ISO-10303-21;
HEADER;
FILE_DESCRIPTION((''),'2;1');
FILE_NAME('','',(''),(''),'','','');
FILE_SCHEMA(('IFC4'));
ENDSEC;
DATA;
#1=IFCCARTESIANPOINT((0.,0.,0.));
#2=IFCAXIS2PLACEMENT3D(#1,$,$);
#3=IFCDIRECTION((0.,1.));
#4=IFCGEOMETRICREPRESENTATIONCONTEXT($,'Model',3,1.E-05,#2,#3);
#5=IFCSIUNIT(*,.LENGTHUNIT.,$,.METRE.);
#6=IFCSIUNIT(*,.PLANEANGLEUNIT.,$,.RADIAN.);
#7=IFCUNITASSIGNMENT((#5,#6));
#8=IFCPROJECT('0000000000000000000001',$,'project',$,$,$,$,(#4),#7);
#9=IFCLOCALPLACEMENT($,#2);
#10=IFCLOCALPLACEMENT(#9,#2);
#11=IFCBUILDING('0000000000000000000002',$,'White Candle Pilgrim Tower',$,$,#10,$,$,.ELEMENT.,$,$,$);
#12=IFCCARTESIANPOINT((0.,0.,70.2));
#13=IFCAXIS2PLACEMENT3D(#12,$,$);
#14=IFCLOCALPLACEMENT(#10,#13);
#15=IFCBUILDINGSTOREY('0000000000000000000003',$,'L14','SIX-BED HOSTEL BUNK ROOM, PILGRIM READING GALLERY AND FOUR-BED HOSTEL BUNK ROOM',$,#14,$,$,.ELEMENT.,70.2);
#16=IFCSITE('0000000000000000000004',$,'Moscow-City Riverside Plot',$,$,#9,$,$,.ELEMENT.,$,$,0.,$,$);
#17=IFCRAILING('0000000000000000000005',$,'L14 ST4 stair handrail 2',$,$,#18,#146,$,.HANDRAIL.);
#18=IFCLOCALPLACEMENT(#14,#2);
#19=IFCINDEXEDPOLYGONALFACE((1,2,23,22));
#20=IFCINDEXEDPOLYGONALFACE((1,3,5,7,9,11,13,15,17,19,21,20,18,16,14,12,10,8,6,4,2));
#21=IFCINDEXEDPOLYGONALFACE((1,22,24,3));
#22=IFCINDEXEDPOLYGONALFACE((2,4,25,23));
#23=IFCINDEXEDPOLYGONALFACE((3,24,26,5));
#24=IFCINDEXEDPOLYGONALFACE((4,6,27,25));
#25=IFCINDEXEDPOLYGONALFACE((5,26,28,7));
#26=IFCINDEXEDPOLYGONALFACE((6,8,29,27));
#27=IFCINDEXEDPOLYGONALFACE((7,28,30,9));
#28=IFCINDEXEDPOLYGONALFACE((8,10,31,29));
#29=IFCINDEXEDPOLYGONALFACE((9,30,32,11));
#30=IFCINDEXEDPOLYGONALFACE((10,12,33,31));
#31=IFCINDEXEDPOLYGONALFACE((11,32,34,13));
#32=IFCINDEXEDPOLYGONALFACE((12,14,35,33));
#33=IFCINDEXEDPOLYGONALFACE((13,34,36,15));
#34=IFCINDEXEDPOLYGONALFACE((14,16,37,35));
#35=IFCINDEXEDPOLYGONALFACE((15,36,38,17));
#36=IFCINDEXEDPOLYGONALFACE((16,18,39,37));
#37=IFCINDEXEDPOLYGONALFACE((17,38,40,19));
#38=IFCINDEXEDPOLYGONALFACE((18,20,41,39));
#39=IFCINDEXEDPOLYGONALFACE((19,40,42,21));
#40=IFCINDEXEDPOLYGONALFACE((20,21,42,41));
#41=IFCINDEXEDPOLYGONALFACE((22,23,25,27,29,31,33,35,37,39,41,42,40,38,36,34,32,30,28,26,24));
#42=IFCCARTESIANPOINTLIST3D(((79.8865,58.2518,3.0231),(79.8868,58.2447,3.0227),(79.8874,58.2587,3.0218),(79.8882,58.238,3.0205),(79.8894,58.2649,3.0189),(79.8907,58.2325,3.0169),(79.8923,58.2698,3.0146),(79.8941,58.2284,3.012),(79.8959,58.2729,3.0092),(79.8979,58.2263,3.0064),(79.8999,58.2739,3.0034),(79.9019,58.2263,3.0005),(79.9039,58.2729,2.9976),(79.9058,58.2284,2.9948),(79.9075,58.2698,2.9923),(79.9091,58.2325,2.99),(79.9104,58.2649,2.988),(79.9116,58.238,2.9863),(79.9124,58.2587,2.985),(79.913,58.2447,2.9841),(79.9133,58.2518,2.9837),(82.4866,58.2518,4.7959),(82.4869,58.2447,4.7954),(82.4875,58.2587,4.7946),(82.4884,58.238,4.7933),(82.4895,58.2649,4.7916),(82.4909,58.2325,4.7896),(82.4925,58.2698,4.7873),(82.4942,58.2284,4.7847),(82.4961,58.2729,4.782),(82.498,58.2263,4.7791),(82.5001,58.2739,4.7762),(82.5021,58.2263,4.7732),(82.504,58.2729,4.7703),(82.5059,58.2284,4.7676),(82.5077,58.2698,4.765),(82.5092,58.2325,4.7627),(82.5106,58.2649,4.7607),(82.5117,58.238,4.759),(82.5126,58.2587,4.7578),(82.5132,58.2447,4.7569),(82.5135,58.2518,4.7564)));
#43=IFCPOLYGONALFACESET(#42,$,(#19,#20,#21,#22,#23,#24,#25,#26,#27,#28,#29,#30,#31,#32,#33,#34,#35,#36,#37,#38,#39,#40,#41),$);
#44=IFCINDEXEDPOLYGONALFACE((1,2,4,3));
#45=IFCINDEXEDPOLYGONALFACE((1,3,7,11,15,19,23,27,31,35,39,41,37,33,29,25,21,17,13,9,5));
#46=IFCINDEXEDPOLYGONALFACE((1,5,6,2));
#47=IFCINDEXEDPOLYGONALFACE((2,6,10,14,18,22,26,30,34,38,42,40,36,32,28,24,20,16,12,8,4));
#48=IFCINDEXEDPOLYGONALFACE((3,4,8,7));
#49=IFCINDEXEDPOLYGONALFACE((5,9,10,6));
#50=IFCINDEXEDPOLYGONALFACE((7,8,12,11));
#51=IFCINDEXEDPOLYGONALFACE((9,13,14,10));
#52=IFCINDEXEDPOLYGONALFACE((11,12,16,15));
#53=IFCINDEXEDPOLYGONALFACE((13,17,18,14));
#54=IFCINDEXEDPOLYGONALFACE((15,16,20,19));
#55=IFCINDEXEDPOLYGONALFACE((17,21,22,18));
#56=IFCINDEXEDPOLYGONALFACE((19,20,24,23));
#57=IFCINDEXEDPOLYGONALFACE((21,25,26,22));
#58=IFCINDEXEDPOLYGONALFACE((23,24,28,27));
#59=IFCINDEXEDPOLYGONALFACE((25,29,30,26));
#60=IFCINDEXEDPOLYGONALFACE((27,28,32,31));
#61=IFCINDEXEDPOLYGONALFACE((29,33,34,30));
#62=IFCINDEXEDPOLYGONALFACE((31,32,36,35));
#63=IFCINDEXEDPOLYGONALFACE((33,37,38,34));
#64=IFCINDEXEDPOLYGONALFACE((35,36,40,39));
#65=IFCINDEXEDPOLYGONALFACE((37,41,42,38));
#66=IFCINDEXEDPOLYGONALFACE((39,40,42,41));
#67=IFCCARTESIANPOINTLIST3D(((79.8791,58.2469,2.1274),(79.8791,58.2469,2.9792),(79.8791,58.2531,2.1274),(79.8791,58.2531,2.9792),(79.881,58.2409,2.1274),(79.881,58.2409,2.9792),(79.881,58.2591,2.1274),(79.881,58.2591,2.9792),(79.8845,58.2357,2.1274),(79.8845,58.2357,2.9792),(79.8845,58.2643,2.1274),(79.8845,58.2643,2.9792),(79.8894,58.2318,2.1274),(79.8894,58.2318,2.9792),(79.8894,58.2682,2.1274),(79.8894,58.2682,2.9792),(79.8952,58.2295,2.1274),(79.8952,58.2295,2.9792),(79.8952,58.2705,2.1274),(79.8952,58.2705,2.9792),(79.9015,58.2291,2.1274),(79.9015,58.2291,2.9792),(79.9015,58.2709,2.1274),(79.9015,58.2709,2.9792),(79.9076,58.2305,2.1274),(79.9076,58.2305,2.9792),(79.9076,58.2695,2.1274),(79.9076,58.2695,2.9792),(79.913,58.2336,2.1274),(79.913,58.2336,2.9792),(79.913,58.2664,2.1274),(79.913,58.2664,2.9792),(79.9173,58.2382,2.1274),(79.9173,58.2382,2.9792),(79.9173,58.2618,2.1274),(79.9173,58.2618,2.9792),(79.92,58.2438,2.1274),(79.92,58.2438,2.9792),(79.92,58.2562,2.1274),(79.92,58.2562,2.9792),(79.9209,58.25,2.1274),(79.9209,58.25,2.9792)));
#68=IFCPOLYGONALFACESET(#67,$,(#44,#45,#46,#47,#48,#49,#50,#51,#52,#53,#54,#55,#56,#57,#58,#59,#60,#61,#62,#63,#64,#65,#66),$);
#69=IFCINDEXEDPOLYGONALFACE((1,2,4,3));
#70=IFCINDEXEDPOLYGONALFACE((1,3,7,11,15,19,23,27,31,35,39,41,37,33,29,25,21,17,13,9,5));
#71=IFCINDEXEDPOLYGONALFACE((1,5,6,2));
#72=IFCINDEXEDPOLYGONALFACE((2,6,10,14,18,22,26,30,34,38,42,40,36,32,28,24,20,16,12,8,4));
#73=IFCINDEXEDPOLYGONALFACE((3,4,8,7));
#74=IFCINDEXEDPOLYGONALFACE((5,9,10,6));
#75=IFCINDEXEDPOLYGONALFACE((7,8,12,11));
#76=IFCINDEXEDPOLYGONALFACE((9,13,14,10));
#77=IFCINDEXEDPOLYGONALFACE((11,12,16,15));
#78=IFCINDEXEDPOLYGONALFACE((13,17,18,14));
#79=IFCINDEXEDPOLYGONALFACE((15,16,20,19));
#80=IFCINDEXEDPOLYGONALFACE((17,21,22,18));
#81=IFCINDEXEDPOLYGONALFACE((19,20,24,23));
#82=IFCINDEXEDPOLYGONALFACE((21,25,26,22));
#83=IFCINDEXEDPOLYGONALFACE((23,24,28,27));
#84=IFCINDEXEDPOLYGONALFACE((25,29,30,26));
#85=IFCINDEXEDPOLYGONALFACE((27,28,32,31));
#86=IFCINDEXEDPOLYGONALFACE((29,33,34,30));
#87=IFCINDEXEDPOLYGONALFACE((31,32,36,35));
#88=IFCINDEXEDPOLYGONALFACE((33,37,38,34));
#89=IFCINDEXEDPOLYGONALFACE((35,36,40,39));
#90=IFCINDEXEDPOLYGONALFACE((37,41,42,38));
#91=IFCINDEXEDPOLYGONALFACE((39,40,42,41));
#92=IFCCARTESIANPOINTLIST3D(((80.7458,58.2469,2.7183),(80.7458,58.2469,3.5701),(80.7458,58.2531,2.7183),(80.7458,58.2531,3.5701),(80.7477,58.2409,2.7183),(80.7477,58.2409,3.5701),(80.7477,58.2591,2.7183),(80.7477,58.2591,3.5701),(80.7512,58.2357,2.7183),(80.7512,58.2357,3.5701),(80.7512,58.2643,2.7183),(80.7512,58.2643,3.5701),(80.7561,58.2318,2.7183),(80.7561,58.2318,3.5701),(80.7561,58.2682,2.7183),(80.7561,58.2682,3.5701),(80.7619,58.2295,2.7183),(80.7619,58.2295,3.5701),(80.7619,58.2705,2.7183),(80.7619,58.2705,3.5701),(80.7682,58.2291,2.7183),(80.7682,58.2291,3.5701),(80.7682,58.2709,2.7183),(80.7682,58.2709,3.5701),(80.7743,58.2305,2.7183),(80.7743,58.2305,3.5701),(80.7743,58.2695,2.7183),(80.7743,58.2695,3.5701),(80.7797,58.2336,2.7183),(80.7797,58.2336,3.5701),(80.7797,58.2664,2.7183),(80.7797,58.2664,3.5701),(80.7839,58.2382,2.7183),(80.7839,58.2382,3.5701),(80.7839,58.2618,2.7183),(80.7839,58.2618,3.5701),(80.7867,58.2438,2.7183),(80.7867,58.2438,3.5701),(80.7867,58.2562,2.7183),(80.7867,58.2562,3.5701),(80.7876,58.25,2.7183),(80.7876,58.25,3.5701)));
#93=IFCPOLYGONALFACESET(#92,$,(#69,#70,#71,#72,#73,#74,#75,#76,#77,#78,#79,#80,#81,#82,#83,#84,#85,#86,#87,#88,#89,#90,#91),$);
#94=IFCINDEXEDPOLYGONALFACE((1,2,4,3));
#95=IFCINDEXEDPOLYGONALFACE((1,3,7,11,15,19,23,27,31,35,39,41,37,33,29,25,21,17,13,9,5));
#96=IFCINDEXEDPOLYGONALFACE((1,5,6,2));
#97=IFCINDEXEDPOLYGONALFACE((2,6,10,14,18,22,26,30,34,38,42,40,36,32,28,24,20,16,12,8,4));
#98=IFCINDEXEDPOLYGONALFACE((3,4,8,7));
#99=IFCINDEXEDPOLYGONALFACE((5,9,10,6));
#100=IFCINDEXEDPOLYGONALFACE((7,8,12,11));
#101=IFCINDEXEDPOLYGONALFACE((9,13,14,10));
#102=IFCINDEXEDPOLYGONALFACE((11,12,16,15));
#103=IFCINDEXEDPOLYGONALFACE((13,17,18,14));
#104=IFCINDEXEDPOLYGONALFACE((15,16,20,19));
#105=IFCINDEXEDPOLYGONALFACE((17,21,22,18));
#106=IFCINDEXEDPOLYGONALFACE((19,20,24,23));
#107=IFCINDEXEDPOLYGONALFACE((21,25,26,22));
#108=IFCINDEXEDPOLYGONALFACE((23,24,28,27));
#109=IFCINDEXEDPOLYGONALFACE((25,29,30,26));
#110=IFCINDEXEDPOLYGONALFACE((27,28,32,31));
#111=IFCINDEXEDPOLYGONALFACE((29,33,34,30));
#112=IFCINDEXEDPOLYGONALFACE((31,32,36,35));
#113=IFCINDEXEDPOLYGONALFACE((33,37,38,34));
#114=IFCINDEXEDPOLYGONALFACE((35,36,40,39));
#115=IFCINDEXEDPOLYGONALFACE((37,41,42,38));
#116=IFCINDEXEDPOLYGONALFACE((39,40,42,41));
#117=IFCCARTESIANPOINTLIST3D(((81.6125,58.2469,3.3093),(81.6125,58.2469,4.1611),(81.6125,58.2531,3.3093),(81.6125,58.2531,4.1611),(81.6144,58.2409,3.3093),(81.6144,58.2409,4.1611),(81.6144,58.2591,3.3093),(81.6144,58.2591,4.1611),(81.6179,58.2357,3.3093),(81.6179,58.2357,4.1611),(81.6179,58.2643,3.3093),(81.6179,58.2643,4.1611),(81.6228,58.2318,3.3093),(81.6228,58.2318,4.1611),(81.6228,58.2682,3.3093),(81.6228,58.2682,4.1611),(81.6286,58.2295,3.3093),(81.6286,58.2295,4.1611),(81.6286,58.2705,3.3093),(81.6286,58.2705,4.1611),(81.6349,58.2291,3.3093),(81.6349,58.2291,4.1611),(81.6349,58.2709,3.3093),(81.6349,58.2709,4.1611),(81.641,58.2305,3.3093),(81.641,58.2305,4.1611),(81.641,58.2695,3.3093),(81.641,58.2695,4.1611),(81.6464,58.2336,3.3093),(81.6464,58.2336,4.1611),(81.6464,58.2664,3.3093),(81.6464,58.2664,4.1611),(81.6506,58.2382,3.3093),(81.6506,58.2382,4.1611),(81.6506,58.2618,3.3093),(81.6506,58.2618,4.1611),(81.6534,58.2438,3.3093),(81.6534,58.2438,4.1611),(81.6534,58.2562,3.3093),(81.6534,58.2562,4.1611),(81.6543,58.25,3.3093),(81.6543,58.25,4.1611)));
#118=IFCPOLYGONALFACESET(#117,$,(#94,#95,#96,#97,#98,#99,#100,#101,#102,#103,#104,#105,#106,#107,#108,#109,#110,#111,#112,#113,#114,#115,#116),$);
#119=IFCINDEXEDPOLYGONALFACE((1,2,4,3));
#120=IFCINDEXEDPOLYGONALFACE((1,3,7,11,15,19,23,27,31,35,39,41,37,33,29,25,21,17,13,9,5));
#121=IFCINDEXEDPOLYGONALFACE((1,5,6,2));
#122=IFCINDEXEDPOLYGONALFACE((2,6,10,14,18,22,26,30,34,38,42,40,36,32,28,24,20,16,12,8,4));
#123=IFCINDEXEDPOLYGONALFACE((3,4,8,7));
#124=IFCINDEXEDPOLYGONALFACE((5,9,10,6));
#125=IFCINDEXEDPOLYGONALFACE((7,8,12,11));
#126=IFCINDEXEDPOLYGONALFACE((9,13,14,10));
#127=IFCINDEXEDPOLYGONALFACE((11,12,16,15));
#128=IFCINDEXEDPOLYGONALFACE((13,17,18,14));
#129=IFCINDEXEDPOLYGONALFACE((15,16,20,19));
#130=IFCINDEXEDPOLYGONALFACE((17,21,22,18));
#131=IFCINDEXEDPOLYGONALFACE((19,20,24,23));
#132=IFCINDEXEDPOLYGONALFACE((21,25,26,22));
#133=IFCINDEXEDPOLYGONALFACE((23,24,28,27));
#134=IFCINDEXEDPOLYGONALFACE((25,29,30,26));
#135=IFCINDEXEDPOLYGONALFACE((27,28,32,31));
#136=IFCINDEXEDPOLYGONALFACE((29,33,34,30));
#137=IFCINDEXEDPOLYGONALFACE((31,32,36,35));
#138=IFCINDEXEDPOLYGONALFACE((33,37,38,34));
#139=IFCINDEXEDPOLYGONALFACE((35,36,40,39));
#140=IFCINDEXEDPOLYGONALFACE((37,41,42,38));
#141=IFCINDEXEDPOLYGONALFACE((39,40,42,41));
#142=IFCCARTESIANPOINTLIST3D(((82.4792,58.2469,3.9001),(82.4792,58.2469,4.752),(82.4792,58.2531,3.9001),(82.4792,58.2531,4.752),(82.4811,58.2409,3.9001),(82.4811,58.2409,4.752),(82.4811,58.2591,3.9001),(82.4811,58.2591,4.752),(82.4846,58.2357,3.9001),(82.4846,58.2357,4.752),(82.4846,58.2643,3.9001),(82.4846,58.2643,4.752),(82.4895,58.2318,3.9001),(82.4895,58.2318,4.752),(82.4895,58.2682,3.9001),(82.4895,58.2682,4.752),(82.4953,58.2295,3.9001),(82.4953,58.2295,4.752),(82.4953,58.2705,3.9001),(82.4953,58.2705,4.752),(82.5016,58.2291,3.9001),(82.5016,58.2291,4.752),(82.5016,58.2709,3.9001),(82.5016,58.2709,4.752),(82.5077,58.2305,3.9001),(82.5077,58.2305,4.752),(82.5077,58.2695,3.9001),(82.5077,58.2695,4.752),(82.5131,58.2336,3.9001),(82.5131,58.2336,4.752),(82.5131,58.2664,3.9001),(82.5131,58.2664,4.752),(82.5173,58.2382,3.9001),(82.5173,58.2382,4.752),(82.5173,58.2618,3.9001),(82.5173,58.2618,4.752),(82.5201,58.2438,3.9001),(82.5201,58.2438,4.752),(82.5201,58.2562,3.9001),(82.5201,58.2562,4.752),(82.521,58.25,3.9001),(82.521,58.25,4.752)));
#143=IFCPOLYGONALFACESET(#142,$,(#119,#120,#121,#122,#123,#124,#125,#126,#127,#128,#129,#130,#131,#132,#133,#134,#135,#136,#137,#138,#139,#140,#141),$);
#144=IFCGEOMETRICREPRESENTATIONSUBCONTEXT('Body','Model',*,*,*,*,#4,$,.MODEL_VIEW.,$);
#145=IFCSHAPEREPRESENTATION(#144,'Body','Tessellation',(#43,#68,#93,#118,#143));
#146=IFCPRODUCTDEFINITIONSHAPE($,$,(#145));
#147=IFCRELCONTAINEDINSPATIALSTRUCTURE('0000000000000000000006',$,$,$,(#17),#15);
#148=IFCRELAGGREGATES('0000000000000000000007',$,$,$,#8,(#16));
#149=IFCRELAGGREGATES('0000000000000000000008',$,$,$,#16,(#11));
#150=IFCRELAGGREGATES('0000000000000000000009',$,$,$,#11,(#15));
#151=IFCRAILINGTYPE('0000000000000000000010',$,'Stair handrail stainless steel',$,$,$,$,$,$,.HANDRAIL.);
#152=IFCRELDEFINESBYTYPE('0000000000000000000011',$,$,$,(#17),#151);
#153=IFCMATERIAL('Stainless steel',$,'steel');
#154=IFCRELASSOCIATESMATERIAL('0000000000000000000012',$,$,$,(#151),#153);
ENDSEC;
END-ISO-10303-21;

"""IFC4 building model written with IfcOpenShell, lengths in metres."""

from ifc_helpers import new_model, si_unit, direction, frame, origin, origin_2d, place, context, subcontext, project, spatial, circle, extrude, material, type_object, element, save


model = new_model("IFC4")

# Units and contexts
model_context = context("Model", 3, precision=1e-05, world=origin(), true_north=direction((0.0, 1.0)))
body_context = subcontext(model_context, "Body", "Model", "MODEL_VIEW")
ifc_project = project(units=[si_unit("LENGTHUNIT", "METRE"), si_unit("PLANEANGLEUNIT", "RADIAN")], contexts=[model_context])

# Site, building, storey
site_placement = place(None, origin())
site = spatial("IfcSite", under=ifc_project, at=site_placement, Name="Moscow-City Riverside Plot", CompositionType="ELEMENT", RefElevation=0.0)
building_placement = place(site_placement, origin())
building = spatial("IfcBuilding", under=site, at=building_placement, Name="White Candle Pilgrim Tower", CompositionType="ELEMENT")
storey_placement = place(building_placement, frame((0.0, 0.0, 70.2)))
storey = spatial("IfcBuildingStorey", under=building, at=storey_placement, Name="L14", Description="SIX-BED HOSTEL BUNK ROOM, PILGRIM READING GALLERY AND FOUR-BED HOSTEL BUNK ROOM", CompositionType="ELEMENT", Elevation=70.2)

# Railing
ifc_material_1 = material(Name="Stainless steel", Category="steel")
railing_type_1 = type_object("IfcRailingType", Name="Stair handrail stainless steel", PredefinedType="HANDRAIL", material=ifc_material_1)
railing_1_placement = place(storey_placement, frame((79.8999, 58.25, 2.1274)))
element("IfcRailing", 1, at=railing_1_placement, inside=storey, type_object=railing_type_1, Name="L14 ST4 stair handrail 2", PredefinedType="HANDRAIL", context=body_context, shape_type="SweptSolid", body=[
    extrude(circle(Radius=0.0239, at=origin_2d()), frame((0.0, 0.0, 0.876), z_axis=(0.82624, 0.0, 0.563318), x_axis=(0.0, 1.0, 0.0)), (0.0, 0.0, 1.0), 3.147),
    extrude(circle(Radius=0.021, at=origin_2d()), origin(), (0.0, 0.0, 1.0), 0.8518),
    extrude(circle(Radius=0.021, at=origin_2d()), frame((0.8667, 0.0, 0.5908)), (0.0, 0.0, 1.0), 0.8518),
    extrude(circle(Radius=0.021, at=origin_2d()), frame((1.7334, 0.0, 1.1819)), (0.0, 0.0, 1.0), 0.8518),
    extrude(circle(Radius=0.021, at=origin_2d()), frame((2.6001, 0.0, 1.7727)), (0.0, 0.0, 1.0), 0.8518),
])

save(model, "model.ifc")
